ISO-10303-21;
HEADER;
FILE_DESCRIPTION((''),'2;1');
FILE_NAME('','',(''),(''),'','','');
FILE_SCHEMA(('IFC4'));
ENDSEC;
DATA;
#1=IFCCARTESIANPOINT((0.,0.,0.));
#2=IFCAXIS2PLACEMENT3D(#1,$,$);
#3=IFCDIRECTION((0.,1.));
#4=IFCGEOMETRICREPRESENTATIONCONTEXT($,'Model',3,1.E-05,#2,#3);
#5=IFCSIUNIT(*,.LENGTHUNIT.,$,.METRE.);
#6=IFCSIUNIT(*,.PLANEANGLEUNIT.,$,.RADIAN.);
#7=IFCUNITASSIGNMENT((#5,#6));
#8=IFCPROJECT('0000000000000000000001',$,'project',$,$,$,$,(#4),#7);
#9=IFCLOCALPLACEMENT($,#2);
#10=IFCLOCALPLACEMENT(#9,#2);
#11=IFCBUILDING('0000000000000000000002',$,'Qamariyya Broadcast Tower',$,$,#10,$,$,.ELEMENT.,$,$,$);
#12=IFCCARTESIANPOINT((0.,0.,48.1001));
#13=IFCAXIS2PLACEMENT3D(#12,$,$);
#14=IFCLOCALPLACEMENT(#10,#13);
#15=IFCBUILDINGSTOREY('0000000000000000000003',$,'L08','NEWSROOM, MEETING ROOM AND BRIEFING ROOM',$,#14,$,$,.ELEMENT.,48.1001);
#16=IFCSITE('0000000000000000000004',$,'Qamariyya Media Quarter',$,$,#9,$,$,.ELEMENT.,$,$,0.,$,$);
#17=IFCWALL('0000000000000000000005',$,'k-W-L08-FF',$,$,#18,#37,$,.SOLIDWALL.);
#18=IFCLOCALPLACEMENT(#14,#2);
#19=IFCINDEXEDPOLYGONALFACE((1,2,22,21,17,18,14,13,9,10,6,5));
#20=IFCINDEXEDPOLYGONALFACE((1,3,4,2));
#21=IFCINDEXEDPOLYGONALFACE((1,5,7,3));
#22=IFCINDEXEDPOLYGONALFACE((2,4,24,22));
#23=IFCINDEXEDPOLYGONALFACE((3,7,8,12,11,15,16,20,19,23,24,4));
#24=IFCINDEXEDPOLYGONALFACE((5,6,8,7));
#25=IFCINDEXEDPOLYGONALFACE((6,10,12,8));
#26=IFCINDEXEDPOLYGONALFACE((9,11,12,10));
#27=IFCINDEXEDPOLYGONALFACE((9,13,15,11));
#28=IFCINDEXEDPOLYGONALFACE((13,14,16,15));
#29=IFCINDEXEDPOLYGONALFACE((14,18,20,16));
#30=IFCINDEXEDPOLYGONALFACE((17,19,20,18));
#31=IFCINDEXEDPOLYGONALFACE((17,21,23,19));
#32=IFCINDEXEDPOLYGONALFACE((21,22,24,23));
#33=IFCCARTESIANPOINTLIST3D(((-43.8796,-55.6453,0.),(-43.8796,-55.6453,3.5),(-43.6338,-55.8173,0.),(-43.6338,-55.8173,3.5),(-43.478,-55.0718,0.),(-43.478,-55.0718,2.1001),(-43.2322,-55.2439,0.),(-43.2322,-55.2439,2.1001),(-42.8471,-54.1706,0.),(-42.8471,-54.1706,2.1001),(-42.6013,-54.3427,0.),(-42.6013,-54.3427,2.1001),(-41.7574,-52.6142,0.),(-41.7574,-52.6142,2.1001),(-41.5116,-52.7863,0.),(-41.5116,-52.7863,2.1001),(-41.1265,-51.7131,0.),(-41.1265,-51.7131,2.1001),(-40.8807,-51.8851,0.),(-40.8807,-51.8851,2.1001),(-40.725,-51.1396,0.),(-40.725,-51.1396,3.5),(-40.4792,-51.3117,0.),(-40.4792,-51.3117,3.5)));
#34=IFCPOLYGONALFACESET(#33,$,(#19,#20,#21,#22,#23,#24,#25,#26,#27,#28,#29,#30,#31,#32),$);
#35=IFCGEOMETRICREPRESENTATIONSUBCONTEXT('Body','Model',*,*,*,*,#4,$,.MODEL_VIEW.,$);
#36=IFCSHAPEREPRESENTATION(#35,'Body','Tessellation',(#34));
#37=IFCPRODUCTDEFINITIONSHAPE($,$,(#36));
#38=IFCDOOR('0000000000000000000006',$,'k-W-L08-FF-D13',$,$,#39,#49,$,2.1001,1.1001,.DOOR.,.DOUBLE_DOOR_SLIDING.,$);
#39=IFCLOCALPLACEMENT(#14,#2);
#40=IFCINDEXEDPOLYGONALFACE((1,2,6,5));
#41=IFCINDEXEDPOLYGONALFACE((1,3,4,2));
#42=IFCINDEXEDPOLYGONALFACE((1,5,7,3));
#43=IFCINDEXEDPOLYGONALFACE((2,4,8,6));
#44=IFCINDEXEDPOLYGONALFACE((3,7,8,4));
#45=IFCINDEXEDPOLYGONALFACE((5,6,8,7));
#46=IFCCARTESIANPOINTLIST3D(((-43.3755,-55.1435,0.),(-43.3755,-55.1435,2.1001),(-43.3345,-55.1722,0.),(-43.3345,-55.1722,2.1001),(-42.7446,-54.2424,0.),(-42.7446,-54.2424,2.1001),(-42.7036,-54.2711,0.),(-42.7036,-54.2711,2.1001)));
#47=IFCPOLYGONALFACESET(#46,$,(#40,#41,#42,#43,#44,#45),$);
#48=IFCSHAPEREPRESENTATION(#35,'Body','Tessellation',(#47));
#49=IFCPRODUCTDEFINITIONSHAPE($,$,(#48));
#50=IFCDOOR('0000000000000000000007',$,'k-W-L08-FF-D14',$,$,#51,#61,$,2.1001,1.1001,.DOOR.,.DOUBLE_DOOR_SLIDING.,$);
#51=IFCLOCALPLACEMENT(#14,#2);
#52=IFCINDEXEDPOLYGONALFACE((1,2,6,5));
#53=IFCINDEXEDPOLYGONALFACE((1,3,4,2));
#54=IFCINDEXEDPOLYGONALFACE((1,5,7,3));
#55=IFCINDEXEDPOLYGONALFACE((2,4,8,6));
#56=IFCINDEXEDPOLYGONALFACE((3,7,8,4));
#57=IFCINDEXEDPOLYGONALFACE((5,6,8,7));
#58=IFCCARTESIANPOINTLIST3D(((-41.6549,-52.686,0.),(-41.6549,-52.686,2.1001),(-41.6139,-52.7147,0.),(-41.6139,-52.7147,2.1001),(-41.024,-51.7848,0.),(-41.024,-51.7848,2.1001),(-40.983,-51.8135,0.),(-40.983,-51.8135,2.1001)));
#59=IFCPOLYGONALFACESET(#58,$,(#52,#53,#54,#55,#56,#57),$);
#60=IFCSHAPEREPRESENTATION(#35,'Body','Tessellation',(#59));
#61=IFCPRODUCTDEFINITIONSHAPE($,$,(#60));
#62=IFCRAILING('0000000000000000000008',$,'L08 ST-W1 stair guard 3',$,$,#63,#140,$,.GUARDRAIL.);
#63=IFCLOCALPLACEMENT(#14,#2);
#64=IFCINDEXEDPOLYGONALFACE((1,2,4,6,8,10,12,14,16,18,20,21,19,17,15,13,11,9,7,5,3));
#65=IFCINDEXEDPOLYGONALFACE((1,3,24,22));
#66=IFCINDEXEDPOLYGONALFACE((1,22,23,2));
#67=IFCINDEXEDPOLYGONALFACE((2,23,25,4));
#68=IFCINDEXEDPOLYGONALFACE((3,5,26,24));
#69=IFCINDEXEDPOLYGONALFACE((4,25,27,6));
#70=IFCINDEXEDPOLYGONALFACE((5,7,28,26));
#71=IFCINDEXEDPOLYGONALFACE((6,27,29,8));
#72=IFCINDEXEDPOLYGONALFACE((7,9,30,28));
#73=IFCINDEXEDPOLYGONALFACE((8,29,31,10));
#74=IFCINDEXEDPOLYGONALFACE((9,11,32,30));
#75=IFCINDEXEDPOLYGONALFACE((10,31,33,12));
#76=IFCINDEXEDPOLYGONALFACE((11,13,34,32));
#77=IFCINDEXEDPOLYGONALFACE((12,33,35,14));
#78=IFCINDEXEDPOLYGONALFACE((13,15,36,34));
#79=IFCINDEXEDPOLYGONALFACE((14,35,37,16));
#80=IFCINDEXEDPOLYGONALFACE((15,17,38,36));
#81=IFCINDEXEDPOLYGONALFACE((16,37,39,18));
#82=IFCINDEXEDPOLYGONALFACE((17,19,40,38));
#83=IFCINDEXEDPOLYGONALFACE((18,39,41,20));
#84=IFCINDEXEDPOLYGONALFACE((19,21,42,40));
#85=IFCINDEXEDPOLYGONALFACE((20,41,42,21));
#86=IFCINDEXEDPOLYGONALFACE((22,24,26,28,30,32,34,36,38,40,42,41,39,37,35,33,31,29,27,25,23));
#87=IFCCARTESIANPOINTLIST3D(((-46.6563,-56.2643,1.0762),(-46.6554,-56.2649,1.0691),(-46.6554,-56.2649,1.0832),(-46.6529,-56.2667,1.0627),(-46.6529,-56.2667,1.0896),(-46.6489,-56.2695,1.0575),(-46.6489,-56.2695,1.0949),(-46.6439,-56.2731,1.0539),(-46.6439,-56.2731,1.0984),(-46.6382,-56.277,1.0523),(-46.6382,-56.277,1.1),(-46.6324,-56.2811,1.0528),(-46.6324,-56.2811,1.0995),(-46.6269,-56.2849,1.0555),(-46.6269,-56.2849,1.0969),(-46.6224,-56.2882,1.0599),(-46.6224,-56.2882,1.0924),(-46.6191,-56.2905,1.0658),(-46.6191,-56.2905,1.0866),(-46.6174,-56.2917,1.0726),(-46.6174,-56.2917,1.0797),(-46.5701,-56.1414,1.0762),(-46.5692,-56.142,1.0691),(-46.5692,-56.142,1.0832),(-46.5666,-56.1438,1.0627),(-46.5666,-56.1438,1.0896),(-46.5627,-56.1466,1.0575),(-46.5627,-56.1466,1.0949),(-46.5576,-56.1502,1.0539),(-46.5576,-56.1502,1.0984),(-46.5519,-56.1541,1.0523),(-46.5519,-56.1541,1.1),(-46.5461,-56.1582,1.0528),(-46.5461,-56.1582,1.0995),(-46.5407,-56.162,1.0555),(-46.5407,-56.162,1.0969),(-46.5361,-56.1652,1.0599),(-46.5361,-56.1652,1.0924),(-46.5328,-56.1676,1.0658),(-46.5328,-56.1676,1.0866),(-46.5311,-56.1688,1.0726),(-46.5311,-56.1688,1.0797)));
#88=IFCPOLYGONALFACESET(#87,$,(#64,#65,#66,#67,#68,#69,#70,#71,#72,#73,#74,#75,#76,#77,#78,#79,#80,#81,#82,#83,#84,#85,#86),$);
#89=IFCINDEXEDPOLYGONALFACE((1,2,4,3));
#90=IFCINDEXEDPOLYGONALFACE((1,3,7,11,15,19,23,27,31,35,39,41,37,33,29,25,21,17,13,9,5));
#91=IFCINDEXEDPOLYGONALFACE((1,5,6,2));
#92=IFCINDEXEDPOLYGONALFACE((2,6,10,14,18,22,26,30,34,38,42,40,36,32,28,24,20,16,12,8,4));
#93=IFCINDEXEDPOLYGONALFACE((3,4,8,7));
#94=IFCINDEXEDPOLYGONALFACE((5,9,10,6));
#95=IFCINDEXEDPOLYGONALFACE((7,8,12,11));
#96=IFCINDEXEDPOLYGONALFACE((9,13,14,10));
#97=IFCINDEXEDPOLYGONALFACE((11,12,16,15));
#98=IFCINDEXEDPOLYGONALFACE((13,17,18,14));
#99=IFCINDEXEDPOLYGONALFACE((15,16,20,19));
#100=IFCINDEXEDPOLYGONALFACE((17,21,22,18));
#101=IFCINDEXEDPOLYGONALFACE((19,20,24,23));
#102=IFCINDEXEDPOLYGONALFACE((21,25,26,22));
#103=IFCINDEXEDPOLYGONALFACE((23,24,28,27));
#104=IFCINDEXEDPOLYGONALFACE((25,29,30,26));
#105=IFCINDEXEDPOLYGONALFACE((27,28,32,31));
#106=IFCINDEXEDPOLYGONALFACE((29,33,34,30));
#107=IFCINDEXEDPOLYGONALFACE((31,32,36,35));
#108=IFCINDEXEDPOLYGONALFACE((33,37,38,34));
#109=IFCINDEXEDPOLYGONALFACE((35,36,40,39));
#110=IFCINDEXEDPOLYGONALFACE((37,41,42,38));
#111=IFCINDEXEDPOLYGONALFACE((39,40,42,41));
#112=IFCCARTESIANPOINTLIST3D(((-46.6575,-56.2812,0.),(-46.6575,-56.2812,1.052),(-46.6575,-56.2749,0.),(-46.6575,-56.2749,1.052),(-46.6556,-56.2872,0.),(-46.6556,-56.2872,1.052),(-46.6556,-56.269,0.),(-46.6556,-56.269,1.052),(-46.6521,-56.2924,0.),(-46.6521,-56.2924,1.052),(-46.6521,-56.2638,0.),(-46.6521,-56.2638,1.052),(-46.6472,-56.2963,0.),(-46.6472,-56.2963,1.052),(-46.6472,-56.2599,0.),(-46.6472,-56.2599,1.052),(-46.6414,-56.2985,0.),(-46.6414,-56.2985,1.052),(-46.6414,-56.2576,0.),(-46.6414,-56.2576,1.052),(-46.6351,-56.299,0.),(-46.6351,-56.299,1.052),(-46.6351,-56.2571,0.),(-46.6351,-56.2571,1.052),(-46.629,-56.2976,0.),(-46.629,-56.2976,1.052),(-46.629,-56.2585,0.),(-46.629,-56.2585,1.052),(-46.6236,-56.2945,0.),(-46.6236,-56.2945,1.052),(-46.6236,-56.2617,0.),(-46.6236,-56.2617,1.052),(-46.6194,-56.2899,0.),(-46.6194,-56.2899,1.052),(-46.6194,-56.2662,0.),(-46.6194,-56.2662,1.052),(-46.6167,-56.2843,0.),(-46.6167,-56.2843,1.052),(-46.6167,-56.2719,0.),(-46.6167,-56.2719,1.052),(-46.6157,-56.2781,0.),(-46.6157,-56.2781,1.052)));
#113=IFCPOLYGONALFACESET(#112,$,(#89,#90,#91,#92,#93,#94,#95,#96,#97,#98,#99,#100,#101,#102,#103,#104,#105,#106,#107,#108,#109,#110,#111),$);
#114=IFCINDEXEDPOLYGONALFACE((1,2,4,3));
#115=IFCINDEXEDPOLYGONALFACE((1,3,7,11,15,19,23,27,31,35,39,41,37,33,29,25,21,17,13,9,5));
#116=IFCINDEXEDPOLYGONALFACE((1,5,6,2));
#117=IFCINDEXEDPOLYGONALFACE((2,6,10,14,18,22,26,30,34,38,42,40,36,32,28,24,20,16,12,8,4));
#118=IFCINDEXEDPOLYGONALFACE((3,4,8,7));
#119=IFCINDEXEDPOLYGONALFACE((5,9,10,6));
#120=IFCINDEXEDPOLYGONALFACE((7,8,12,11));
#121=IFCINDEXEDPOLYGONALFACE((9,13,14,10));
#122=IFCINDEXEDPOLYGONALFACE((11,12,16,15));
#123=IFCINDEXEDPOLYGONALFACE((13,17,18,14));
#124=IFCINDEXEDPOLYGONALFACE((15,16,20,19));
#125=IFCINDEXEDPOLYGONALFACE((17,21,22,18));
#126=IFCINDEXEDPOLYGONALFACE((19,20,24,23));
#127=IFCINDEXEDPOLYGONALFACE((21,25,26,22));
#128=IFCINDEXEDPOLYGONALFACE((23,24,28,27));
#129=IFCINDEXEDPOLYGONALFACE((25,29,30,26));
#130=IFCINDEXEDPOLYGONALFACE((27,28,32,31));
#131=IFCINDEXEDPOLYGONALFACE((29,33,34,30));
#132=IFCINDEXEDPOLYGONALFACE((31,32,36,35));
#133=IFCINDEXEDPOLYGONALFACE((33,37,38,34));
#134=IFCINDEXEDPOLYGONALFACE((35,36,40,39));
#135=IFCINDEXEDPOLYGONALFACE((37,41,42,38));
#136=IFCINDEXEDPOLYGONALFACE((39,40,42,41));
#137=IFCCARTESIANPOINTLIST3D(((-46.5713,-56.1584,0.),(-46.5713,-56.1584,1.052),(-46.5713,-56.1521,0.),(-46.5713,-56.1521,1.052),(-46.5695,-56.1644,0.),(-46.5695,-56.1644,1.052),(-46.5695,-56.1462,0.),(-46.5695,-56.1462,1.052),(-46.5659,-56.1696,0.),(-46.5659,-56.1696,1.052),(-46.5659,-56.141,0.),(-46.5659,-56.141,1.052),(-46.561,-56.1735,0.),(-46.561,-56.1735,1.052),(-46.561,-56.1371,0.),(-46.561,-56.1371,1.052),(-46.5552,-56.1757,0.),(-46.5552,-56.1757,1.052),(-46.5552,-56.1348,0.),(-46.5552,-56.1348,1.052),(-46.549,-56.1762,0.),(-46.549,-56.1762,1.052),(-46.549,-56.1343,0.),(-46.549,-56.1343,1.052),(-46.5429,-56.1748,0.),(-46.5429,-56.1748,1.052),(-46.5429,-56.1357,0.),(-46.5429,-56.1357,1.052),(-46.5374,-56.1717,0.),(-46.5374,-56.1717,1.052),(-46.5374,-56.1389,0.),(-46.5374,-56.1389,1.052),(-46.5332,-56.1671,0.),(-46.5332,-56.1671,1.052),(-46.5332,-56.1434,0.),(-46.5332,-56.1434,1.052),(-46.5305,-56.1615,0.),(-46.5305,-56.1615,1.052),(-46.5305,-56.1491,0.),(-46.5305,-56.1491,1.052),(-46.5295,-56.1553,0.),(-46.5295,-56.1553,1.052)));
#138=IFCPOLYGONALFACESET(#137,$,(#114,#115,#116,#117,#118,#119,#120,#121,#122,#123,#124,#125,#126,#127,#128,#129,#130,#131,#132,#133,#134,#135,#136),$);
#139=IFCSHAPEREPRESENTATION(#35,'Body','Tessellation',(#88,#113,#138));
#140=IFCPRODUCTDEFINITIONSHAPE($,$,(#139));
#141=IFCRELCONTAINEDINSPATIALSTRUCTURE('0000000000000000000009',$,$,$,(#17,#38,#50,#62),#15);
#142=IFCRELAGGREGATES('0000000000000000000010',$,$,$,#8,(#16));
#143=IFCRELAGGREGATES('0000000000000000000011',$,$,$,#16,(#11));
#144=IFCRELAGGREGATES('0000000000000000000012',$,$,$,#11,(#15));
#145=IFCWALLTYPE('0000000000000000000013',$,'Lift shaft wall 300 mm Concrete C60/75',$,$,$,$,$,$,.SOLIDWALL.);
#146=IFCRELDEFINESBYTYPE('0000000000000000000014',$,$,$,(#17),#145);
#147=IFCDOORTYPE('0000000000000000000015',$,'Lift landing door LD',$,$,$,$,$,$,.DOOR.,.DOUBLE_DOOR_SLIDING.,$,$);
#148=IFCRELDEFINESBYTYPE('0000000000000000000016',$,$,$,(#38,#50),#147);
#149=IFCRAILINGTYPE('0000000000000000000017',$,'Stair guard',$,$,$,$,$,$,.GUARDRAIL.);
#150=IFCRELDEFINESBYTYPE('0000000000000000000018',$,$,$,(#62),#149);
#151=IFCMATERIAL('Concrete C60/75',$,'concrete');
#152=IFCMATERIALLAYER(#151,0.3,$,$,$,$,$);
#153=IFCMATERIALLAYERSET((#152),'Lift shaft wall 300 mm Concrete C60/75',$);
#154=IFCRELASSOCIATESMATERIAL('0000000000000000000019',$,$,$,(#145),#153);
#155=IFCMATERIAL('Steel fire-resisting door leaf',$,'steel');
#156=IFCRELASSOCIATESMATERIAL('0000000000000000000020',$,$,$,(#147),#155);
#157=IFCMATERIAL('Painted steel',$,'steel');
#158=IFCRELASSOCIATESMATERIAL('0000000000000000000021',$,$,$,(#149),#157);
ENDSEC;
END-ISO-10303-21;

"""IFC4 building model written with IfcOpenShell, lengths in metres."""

from ifc_helpers import new_model, si_unit, direction, frame, frame_2d, origin, origin_2d, place, context, subcontext, project, spatial, rectangle, circle, extrude, material, layer, layer_set, type_object, element, fill, save


model = new_model("IFC4")

# Units and contexts
model_context = context("Model", 3, precision=1e-05, world=origin(), true_north=direction((0.0, 1.0)))
body_context = subcontext(model_context, "Body", "Model", "MODEL_VIEW")
ifc_project = project(units=[si_unit("LENGTHUNIT", "METRE"), si_unit("PLANEANGLEUNIT", "RADIAN")], contexts=[model_context])

# Site, building, storey
site_placement = place(None, origin())
site = spatial("IfcSite", under=ifc_project, at=site_placement, Name="Qamariyya Media Quarter", CompositionType="ELEMENT", RefElevation=0.0)
building_placement = place(site_placement, origin())
building = spatial("IfcBuilding", under=site, at=building_placement, Name="Qamariyya Broadcast Tower", CompositionType="ELEMENT")
storey_placement = place(building_placement, frame((0.0, 0.0, 48.1001)))
storey = spatial("IfcBuildingStorey", under=building, at=storey_placement, Name="L08", Description="NEWSROOM, MEETING ROOM AND BRIEFING ROOM", CompositionType="ELEMENT", Elevation=48.1001)

# Shared definitions
ifc_material_1 = material(Name="Steel fire-resisting door leaf", Category="steel")

# Wall, openings, doors
ifc_material_2 = material(Name="Concrete C60/75", Category="concrete")
ifc_layer_1 = layer(ifc_material_2, 0.3)
ifc_layer_set_1 = layer_set([ifc_layer_1], Name="Lift shaft wall 300 mm Concrete C60/75")
wall_type_1 = type_object("IfcWallType", Name="Lift shaft wall 300 mm Concrete C60/75", PredefinedType="SOLIDWALL", material=ifc_layer_set_1)
wall_1_placement = place(storey_placement, frame((-43.7566, -55.7312, 0.0), z_axis=(0.0, 0.0, 1.0), x_axis=(0.573537, 0.81918, 0.0)))
wall_1 = element("IfcWall", 1, at=wall_1_placement, inside=storey, type_object=wall_type_1, Name="k-W-L08-FF", PredefinedType="SOLIDWALL", context=body_context, shape_type="SweptSolid", body=[
    extrude(rectangle(XDim=5.5002, YDim=0.3, at=frame_2d((2.75, 0.0))), origin(), (0.0, 0.0, 1.0), 3.5),
])
opening_1_placement = place(wall_1_placement, frame((0.7, 0.0, 0.0)))
opening_1 = element("IfcOpeningElement", 2, at=opening_1_placement, cuts=wall_1, PredefinedType="OPENING", context=body_context, shape_type="SweptSolid", body=[
    extrude(rectangle(XDim=1.1001, YDim=2.1001, at=frame_2d((0.55, 1.05))), frame((0.0, 0.1599, 0.0), z_axis=(0.0, -1.0, 0.0), x_axis=(1.0, 0.0, 0.0)), (0.0, 0.0, 1.0), 0.3201),
])
opening_2_placement = place(wall_1_placement, frame((3.7, 0.0, 0.0)))
opening_2 = element("IfcOpeningElement", 3, at=opening_2_placement, cuts=wall_1, PredefinedType="OPENING", context=body_context, shape_type="SweptSolid", body=[
    extrude(rectangle(XDim=1.1001, YDim=2.1001, at=frame_2d((0.55, 1.05))), frame((0.0, 0.1599, 0.0), z_axis=(0.0, -1.0, 0.0), x_axis=(1.0, 0.0, 0.0)), (0.0, 0.0, 1.0), 0.3201),
])
door_type_1 = type_object("IfcDoorType", Name="Lift landing door LD", OperationType="DOUBLE_DOOR_SLIDING", PredefinedType="DOOR", material=ifc_material_1)
door_1_placement = place(opening_1_placement, origin())
door_1 = element("IfcDoor", 4, at=door_1_placement, inside=storey, type_object=door_type_1, Name="k-W-L08-FF-D13", OperationType="DOUBLE_DOOR_SLIDING", OverallHeight=2.1001, OverallWidth=1.1001, PredefinedType="DOOR", context=body_context, shape_type="SweptSolid", body=[
    extrude(rectangle(XDim=1.1001, YDim=2.1001, at=frame_2d((0.55, 1.05))), frame((0.0, 0.0249, 0.0), z_axis=(0.0, -1.0, 0.0), x_axis=(1.0, 0.0, 0.0)), (0.0, 0.0, 1.0), 0.05),
])
fill(opening_1, door_1)
door_2_placement = place(opening_2_placement, origin())
door_2 = element("IfcDoor", 5, at=door_2_placement, inside=storey, type_object=door_type_1, Name="k-W-L08-FF-D14", OperationType="DOUBLE_DOOR_SLIDING", OverallHeight=2.1001, OverallWidth=1.1001, PredefinedType="DOOR", context=body_context, shape_type="SweptSolid", body=[
    extrude(rectangle(XDim=1.1001, YDim=2.1001, at=frame_2d((0.55, 1.05))), frame((0.0, 0.0249, 0.0), z_axis=(0.0, -1.0, 0.0), x_axis=(1.0, 0.0, 0.0)), (0.0, 0.0, 1.0), 0.05),
])
fill(opening_2, door_2)

# Railing
ifc_material_3 = material(Name="Painted steel", Category="steel")
railing_type_1 = type_object("IfcRailingType", Name="Stair guard", PredefinedType="GUARDRAIL", material=ifc_material_3)
railing_1_placement = place(storey_placement, frame((-46.6367, -56.2781, 0.0)))
element("IfcRailing", 6, at=railing_1_placement, inside=storey, type_object=railing_type_1, Name="L08 ST-W1 stair guard 3", PredefinedType="GUARDRAIL", context=body_context, shape_type="SweptSolid", body=[
    extrude(circle(Radius=0.0239, at=origin_2d()), frame((0.0, 0.0, 1.0762), z_axis=(0.574445, 0.818543, 0.0), x_axis=(-0.818543, 0.574445, 0.0)), (0.0, 0.0, 1.0), 0.1501),
    extrude(circle(Radius=0.021, at=origin_2d()), origin(), (0.0, 0.0, 1.0), 1.052),
    extrude(circle(Radius=0.021, at=origin_2d()), frame((0.0862, 0.1228, 0.0)), (0.0, 0.0, 1.0), 1.052),
])

save(model, "model.ifc")
